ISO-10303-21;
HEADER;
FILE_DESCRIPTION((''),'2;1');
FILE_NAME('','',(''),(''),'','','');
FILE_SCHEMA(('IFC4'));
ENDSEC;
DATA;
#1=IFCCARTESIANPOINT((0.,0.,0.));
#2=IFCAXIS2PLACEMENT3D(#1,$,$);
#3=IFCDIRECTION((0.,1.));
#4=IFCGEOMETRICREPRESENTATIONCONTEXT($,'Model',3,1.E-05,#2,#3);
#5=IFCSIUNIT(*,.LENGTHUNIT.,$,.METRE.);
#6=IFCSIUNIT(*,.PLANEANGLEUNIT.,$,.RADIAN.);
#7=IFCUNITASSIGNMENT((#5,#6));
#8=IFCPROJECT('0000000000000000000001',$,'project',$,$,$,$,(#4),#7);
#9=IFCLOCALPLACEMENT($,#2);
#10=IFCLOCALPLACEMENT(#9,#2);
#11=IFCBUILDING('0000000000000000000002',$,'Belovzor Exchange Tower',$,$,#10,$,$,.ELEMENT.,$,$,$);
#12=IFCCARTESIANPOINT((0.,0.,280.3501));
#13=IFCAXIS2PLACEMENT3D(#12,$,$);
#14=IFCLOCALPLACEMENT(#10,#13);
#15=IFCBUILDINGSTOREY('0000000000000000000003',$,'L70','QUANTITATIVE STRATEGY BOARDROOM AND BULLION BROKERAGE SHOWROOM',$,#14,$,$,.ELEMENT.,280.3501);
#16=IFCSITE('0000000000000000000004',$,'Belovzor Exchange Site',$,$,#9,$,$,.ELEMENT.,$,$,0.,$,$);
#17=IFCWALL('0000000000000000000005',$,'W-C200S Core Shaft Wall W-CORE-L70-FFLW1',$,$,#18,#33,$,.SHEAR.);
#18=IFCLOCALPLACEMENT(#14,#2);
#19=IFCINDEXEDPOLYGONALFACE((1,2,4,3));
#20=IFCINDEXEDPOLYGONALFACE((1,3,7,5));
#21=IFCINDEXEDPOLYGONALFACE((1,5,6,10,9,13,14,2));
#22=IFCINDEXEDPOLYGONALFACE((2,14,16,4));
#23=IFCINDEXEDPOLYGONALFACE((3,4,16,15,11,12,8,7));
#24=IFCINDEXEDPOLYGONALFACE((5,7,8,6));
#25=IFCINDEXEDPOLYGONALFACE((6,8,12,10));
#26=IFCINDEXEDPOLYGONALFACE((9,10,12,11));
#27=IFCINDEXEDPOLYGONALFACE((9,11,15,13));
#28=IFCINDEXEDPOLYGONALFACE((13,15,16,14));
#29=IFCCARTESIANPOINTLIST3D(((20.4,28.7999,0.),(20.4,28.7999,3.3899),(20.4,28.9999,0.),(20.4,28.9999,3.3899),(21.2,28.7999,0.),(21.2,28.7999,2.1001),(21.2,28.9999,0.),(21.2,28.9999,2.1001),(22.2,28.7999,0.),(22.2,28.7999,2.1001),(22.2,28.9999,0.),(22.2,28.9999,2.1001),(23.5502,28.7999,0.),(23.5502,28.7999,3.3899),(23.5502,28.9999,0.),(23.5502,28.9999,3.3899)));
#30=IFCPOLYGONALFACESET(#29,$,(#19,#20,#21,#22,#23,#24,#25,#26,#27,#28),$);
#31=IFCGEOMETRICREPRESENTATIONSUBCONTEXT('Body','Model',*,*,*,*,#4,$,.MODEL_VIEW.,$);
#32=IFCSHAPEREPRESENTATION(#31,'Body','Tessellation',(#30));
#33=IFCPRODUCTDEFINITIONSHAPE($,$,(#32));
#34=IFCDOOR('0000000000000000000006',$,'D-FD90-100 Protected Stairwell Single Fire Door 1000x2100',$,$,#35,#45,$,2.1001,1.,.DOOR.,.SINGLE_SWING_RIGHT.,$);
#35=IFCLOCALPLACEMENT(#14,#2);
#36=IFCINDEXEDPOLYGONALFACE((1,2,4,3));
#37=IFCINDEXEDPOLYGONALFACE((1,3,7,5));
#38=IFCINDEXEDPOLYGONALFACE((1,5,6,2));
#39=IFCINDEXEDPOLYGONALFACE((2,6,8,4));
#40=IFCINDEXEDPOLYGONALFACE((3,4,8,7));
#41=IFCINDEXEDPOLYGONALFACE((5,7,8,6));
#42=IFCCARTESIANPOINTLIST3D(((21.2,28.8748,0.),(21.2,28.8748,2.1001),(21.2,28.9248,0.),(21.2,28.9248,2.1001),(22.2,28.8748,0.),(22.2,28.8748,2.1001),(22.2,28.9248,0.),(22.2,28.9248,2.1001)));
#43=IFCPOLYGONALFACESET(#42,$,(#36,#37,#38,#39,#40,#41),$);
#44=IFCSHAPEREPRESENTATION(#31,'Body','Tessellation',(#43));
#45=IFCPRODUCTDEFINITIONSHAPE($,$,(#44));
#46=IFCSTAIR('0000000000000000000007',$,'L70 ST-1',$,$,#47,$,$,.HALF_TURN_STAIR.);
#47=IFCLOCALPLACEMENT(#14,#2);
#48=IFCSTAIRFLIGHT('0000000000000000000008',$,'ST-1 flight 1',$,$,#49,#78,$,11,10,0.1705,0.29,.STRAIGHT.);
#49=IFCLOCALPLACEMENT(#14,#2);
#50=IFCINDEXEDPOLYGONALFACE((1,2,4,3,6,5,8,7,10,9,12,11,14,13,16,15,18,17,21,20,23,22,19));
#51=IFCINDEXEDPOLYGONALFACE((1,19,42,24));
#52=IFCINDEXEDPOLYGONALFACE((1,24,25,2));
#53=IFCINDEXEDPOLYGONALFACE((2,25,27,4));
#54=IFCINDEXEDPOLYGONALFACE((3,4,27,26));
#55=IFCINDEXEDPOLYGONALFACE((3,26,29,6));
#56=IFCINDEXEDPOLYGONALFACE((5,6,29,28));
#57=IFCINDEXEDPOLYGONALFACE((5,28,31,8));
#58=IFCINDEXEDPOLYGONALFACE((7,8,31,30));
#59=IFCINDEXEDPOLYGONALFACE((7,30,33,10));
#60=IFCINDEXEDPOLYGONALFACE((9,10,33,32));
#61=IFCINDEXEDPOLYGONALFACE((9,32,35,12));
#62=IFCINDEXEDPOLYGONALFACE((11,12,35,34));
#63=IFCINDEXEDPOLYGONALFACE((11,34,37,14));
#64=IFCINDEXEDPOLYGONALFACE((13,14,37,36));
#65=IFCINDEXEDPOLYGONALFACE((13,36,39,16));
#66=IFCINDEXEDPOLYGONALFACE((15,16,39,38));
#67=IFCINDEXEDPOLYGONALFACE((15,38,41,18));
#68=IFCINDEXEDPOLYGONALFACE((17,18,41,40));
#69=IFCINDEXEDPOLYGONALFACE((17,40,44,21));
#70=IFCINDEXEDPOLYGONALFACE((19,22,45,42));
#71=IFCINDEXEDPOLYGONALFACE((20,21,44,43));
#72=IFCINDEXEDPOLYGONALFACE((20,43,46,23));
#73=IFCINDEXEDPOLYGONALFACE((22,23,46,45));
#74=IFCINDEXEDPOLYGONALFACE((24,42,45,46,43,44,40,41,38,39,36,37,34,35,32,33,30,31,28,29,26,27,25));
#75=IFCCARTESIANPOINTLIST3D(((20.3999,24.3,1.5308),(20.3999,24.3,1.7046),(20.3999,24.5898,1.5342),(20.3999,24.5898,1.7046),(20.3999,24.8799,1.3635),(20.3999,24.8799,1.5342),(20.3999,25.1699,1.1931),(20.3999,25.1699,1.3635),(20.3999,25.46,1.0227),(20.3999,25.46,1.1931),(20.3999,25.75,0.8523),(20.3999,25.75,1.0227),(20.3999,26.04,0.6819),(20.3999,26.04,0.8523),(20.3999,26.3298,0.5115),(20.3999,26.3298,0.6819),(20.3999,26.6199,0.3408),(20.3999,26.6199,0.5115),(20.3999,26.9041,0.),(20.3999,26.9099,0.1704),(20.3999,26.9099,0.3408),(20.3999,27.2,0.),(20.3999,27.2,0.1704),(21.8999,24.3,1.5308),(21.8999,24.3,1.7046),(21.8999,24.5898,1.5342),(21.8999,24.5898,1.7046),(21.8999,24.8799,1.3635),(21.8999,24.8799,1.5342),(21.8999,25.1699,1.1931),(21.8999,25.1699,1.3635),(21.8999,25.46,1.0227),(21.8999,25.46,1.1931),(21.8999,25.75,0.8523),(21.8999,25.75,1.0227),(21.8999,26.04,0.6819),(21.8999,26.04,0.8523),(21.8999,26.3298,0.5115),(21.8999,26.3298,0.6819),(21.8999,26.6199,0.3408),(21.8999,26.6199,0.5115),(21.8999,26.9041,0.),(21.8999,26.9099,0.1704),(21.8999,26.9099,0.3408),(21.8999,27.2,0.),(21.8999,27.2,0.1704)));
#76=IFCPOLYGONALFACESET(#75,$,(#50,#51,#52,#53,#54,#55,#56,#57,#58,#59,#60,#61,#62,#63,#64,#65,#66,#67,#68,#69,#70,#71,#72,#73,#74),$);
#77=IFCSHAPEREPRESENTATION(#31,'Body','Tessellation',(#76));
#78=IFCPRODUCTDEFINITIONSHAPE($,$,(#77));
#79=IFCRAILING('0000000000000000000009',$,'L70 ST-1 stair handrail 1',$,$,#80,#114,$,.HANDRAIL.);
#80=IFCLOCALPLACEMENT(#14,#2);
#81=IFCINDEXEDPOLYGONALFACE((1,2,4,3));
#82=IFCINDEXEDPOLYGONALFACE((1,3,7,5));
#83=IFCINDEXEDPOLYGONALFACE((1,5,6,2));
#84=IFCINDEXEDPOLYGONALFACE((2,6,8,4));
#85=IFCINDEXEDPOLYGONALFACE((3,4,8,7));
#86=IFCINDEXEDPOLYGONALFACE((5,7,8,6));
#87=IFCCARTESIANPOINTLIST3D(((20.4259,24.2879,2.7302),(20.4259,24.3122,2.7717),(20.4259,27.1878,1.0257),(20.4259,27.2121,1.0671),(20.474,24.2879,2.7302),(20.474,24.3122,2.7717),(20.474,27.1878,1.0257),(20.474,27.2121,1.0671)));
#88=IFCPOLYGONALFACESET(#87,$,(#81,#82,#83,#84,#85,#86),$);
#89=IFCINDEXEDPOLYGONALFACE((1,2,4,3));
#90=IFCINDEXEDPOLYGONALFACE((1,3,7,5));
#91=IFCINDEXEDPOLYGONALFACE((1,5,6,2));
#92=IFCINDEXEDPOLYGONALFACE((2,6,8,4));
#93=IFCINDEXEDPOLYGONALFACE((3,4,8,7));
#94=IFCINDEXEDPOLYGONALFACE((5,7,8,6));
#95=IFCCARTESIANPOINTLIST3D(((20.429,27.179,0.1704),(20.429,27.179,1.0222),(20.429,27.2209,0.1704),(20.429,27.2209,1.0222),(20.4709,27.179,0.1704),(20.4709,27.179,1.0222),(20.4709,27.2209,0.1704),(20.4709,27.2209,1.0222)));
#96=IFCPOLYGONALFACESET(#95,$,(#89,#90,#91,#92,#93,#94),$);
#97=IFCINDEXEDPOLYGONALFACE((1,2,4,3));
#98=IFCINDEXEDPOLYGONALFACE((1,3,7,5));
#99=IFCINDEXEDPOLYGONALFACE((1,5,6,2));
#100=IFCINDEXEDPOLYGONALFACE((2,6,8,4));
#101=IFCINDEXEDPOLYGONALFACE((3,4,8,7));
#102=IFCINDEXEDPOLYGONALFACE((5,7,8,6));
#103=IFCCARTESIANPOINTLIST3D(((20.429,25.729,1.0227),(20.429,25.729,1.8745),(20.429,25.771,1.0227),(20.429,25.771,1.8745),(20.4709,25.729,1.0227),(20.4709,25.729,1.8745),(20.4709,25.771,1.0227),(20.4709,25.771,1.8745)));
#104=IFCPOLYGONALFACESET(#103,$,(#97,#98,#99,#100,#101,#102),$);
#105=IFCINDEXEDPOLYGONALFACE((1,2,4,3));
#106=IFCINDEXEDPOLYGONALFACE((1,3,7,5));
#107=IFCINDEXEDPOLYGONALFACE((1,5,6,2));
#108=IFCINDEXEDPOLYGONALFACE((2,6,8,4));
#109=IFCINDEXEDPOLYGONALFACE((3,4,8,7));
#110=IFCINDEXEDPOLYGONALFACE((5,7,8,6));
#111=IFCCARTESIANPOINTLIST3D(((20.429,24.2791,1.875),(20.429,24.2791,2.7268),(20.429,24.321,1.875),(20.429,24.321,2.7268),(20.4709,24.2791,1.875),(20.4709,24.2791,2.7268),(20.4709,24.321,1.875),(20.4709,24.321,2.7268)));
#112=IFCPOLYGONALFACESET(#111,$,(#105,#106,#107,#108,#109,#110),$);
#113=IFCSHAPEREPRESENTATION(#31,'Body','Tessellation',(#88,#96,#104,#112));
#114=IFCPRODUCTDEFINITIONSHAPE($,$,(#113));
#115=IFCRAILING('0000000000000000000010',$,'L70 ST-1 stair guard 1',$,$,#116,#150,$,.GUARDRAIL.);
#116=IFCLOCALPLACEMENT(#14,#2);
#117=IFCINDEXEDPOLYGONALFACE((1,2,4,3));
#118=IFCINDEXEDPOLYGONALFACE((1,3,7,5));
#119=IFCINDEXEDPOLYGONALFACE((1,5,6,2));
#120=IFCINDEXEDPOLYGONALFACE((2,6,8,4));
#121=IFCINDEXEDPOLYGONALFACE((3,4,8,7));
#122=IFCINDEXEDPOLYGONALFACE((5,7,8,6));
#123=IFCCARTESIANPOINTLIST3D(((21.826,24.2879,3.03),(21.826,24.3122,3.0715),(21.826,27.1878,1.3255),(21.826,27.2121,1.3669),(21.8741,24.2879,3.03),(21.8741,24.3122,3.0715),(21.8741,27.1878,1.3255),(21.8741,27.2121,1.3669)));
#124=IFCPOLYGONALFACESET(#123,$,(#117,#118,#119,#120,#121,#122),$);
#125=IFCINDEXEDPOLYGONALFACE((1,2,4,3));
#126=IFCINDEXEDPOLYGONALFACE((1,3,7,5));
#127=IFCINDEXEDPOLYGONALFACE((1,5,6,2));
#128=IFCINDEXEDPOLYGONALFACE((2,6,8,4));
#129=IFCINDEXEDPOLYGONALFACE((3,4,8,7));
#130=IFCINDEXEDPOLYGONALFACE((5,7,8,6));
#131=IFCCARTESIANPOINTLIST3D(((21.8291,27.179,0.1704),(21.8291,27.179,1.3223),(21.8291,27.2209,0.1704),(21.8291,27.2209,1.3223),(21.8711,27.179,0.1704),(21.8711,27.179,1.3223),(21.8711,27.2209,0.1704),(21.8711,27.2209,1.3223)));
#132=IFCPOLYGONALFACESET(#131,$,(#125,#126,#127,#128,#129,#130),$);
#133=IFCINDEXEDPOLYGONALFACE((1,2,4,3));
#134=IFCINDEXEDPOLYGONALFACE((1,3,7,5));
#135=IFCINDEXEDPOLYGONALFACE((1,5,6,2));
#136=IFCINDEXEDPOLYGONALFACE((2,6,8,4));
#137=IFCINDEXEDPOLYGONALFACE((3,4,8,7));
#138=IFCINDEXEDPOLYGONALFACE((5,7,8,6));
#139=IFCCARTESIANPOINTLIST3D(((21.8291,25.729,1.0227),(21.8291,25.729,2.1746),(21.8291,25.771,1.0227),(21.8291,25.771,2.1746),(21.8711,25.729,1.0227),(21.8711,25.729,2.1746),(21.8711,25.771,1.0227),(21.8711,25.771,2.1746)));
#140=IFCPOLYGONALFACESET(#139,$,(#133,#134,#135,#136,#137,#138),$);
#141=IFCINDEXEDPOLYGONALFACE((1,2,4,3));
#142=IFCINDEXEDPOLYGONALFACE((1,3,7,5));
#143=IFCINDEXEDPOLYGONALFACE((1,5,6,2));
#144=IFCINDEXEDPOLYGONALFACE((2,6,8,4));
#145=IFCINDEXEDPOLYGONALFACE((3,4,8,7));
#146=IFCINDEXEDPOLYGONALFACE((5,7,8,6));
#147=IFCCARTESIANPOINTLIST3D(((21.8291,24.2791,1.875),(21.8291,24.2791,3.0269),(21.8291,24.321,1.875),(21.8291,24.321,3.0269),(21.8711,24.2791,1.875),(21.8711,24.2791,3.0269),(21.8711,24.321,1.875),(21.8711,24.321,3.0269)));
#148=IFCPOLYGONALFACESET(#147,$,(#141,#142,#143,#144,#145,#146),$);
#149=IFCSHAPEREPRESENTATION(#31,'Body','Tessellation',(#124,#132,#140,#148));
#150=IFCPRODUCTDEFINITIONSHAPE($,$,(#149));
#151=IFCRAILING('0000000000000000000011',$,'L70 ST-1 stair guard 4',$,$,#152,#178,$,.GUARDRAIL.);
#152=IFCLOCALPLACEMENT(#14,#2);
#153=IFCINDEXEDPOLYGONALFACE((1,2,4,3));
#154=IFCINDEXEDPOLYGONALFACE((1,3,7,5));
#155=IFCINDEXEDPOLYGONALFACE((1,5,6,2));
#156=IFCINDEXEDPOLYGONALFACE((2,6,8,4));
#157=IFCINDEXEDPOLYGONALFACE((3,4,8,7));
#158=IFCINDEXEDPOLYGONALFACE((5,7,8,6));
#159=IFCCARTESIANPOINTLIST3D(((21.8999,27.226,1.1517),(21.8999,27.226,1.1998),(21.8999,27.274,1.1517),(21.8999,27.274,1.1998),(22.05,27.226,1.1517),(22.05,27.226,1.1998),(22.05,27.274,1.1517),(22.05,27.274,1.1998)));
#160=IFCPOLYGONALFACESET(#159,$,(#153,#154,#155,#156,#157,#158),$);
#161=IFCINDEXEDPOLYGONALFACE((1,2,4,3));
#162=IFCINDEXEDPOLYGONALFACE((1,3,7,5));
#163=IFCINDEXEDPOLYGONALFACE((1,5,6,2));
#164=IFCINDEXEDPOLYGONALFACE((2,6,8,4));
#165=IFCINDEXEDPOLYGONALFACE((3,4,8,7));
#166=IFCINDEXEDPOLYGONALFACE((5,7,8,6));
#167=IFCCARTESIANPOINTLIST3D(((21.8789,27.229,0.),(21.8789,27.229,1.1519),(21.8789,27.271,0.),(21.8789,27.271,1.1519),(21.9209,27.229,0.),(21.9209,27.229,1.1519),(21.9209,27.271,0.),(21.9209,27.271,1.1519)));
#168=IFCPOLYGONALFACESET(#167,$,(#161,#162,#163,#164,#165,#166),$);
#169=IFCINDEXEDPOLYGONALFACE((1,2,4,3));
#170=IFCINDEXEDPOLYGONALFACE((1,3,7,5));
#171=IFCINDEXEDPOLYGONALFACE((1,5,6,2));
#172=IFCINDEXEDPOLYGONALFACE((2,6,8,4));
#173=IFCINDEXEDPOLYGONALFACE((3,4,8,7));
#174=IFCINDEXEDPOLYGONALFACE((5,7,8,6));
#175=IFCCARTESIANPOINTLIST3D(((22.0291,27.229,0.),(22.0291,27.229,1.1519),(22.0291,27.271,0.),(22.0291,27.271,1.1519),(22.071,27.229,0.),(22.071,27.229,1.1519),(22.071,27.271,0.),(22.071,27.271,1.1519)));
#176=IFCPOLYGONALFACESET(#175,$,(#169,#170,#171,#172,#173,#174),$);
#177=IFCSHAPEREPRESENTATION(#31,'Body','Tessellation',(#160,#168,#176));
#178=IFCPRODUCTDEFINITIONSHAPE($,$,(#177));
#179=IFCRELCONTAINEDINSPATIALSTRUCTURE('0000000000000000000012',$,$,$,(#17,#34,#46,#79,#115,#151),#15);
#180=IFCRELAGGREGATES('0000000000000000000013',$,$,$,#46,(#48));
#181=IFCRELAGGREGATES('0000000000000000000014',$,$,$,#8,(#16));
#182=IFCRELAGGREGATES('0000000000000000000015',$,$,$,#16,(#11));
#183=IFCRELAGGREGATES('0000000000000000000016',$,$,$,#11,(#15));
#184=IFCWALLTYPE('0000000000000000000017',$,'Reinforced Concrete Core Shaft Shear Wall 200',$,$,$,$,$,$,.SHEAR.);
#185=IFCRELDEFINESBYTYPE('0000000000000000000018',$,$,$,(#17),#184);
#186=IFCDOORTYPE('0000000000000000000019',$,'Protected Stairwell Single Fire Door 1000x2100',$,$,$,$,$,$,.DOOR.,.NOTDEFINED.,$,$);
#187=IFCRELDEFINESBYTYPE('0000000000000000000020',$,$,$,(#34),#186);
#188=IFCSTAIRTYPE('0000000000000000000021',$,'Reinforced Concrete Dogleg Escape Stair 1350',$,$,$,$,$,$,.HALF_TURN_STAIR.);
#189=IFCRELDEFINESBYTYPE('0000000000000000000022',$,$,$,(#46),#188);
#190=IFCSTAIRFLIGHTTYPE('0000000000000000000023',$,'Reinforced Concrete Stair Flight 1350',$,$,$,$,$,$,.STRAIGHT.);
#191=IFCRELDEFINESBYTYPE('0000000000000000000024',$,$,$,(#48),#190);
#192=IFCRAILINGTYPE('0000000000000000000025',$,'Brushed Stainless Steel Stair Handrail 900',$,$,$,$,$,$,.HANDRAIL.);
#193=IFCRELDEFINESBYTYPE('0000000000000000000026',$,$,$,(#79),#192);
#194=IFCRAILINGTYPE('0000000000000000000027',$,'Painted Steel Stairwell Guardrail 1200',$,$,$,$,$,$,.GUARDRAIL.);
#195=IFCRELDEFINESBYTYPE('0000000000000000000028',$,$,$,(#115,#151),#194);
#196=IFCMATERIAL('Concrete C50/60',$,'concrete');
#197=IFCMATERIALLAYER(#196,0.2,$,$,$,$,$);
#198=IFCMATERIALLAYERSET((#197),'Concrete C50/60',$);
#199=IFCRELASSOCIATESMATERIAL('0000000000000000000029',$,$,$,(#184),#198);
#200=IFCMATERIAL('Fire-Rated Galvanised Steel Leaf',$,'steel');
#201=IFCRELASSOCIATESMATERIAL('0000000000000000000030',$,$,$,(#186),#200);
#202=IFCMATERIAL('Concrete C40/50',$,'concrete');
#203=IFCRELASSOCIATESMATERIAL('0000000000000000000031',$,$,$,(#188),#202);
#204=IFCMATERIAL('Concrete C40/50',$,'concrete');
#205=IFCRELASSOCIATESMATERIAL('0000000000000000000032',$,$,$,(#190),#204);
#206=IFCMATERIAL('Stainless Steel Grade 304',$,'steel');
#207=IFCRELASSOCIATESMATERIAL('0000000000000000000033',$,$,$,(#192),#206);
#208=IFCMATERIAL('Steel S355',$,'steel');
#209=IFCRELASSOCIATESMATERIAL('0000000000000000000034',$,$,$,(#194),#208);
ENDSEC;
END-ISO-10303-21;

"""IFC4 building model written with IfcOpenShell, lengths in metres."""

from ifc_helpers import new_model, si_unit, direction, frame, frame_2d, origin, origin_2d, place, context, subcontext, project, spatial, polyline, rectangle, outline, extrude, material, layer, layer_set, type_object, element, fill, aggregate, save


model = new_model("IFC4")

# Units and contexts
model_context = context("Model", 3, precision=1e-05, world=origin(), true_north=direction((0.0, 1.0)))
body_context = subcontext(model_context, "Body", "Model", "MODEL_VIEW")
ifc_project = project(units=[si_unit("LENGTHUNIT", "METRE"), si_unit("PLANEANGLEUNIT", "RADIAN")], contexts=[model_context])

# Site, building, storey
site_placement = place(None, origin())
site = spatial("IfcSite", under=ifc_project, at=site_placement, Name="Belovzor Exchange Site", CompositionType="ELEMENT", RefElevation=0.0)
building_placement = place(site_placement, origin())
building = spatial("IfcBuilding", under=site, at=building_placement, Name="Belovzor Exchange Tower", CompositionType="ELEMENT")
storey_placement = place(building_placement, frame((0.0, 0.0, 280.3501)))
storey = spatial("IfcBuildingStorey", under=building, at=storey_placement, Name="L70", Description="QUANTITATIVE STRATEGY BOARDROOM AND BULLION BROKERAGE SHOWROOM", CompositionType="ELEMENT", Elevation=280.3501)

# Wall, opening, door
ifc_material_1 = material(Name="Concrete C50/60", Category="concrete")
ifc_layer_1 = layer(ifc_material_1, 0.2)
ifc_layer_set_1 = layer_set([ifc_layer_1], Name="Concrete C50/60")
wall_type_1 = type_object("IfcWallType", Name="Reinforced Concrete Core Shaft Shear Wall 200", PredefinedType="SHEAR", material=ifc_layer_set_1)
wall_1_placement = place(storey_placement, frame((20.3999, 28.8999, 0.0), z_axis=(0.0, 0.0, 1.0), x_axis=(1.0, 0.0, 0.0)))
wall_1 = element("IfcWall", 1, at=wall_1_placement, inside=storey, type_object=wall_type_1, Name="W-C200S Core Shaft Wall W-CORE-L70-FFLW1", PredefinedType="SHEAR", context=body_context, shape_type="SweptSolid", body=[
    extrude(rectangle(XDim=3.1501, YDim=0.2, at=frame_2d((1.5752, 0.0))), origin(), (0.0, 0.0, 1.0), 3.3899),
])
opening_1_placement = place(wall_1_placement, frame((0.8, 0.0, 0.0)))
opening_1 = element("IfcOpeningElement", 2, at=opening_1_placement, cuts=wall_1, PredefinedType="OPENING", context=body_context, shape_type="SweptSolid", body=[
    extrude(rectangle(XDim=1.0, YDim=2.1001, at=frame_2d((0.5, 1.05))), frame((0.0, 0.1099, 0.0), z_axis=(0.0, -1.0, 0.0), x_axis=(1.0, 0.0, 0.0)), (0.0, 0.0, 1.0), 0.22),
])
ifc_material_2 = material(Name="Fire-Rated Galvanised Steel Leaf", Category="steel")
door_type_1 = type_object("IfcDoorType", Name="Protected Stairwell Single Fire Door 1000x2100", OperationType="NOTDEFINED", PredefinedType="DOOR", material=ifc_material_2)
door_1_placement = place(opening_1_placement, origin())
door_1 = element("IfcDoor", 3, at=door_1_placement, inside=storey, type_object=door_type_1, Name="D-FD90-100 Protected Stairwell Single Fire Door 1000x2100", OperationType="SINGLE_SWING_RIGHT", OverallHeight=2.1001, OverallWidth=1.0, PredefinedType="DOOR", context=body_context, shape_type="SweptSolid", body=[
    extrude(rectangle(XDim=1.0, YDim=2.1001, at=frame_2d((0.5, 1.05))), frame((0.0, 0.0249, 0.0), z_axis=(0.0, -1.0, 0.0), x_axis=(1.0, 0.0, 0.0)), (0.0, 0.0, 1.0), 0.05),
])
fill(opening_1, door_1)

# Stair, stair flight
ifc_material_3 = material(Name="Concrete C40/50", Category="concrete")
stair_type = type_object("IfcStairType", Name="Reinforced Concrete Dogleg Escape Stair 1350", PredefinedType="HALF_TURN_STAIR", material=ifc_material_3)
stair_placement = place(storey_placement, origin())
stair = element("IfcStair", 4, at=stair_placement, inside=storey, type_object=stair_type, Name="L70 ST-1", PredefinedType="HALF_TURN_STAIR")
ifc_material_4 = material(Name="Concrete C40/50", Category="concrete")
stair_flight_type = type_object("IfcStairFlightType", Name="Reinforced Concrete Stair Flight 1350", PredefinedType="STRAIGHT", material=ifc_material_4)
stair_flight_placement = place(storey_placement, frame((21.1499, 27.2, 0.0), z_axis=(0.0, 0.0, 1.0), x_axis=(0.0, -1.0, 0.0)))
stair_flight = element("IfcStairFlight", 5, at=stair_flight_placement, type_object=stair_flight_type, Name="ST-1 flight 1", NumberOfRisers=11, NumberOfTreads=10, PredefinedType="STRAIGHT", RiserHeight=0.1705, TreadLength=0.29, context=body_context, shape_type="SweptSolid", body=[
    extrude(outline(polyline([(0.0, 0.0), (0.0, 0.1704), (0.29, 0.1704), (0.29, 0.3408), (0.5801, 0.3408), (0.5801, 0.5115), (0.8701, 0.5115), (0.8701, 0.6819), (1.1599, 0.6819), (1.1599, 0.8523), (1.45, 0.8523), (1.45, 1.0227), (1.74, 1.0227), (1.74, 1.1931), (2.03, 1.1931), (2.03, 1.3635), (2.3201, 1.3635), (2.3201, 1.5342), (2.6101, 1.5342), (2.6101, 1.7046), (2.8999, 1.7046), (2.8999, 1.875), (2.8999, 1.5308), (0.2959, 0.0), (0.0, 0.0)])), frame((0.0, 0.75, 0.0), z_axis=(0.0, -1.0, 0.0), x_axis=(1.0, 0.0, 0.0)), (0.0, 0.0, 1.0), 1.5),
])
aggregate(stair, [stair_flight])

# Railings
ifc_material_5 = material(Name="Stainless Steel Grade 304", Category="steel")
railing_type_1 = type_object("IfcRailingType", Name="Brushed Stainless Steel Stair Handrail 900", PredefinedType="HANDRAIL", material=ifc_material_5)
railing_1_placement = place(storey_placement, frame((20.45, 27.2, 0.1704)))
element("IfcRailing", 6, at=railing_1_placement, inside=storey, type_object=railing_type_1, Name="L70 ST-1 stair handrail 1", PredefinedType="HANDRAIL", context=body_context, shape_type="SweptSolid", body=[
    extrude(rectangle(XDim=0.0481, YDim=0.0481, at=origin_2d()), frame((0.0, 0.0, 0.876), z_axis=(0.0, -0.862095, 0.506747), x_axis=(1.0, 0.0, 0.0)), (0.0, 0.0, 1.0), 3.3638),
    extrude(rectangle(XDim=0.042, YDim=0.042, at=origin_2d()), origin(), (0.0, 0.0, 1.0), 0.8518),
    extrude(rectangle(XDim=0.042, YDim=0.042, at=origin_2d()), frame((0.0, -1.45, 0.8523)), (0.0, 0.0, 1.0), 0.8518),
    extrude(rectangle(XDim=0.042, YDim=0.042, at=origin_2d()), frame((0.0, -2.8999, 1.7046)), (0.0, 0.0, 1.0), 0.8518),
])
ifc_material_6 = material(Name="Steel S355", Category="steel")
railing_type_2 = type_object("IfcRailingType", Name="Painted Steel Stairwell Guardrail 1200", PredefinedType="GUARDRAIL", material=ifc_material_6)
railing_2_placement = place(storey_placement, frame((21.8501, 27.2, 0.1704)))
element("IfcRailing", 7, at=railing_2_placement, inside=storey, type_object=railing_type_2, Name="L70 ST-1 stair guard 1", PredefinedType="GUARDRAIL", context=body_context, shape_type="SweptSolid", body=[
    extrude(rectangle(XDim=0.0481, YDim=0.0481, at=origin_2d()), frame((0.0, 0.0, 1.1758), z_axis=(0.0, -0.862095, 0.506747), x_axis=(1.0, 0.0, 0.0)), (0.0, 0.0, 1.0), 3.3638),
    extrude(rectangle(XDim=0.042, YDim=0.042, at=origin_2d()), origin(), (0.0, 0.0, 1.0), 1.1519),
    extrude(rectangle(XDim=0.042, YDim=0.042, at=origin_2d()), frame((0.0, -1.45, 0.8523)), (0.0, 0.0, 1.0), 1.1519),
    extrude(rectangle(XDim=0.042, YDim=0.042, at=origin_2d()), frame((0.0, -2.8999, 1.7046)), (0.0, 0.0, 1.0), 1.1519),
])
railing_3_placement = place(storey_placement, frame((21.8999, 27.25, 0.0)))
element("IfcRailing", 8, at=railing_3_placement, inside=storey, type_object=railing_type_2, Name="L70 ST-1 stair guard 4", PredefinedType="GUARDRAIL", context=body_context, shape_type="SweptSolid", body=[
    extrude(rectangle(XDim=0.0481, YDim=0.0481, at=origin_2d()), frame((0.0, 0.0, 1.1758), z_axis=(1.0, 0.0, 0.0), x_axis=(0.0, 1.0, 0.0)), (0.0, 0.0, 1.0), 0.1501),
    extrude(rectangle(XDim=0.042, YDim=0.042, at=origin_2d()), origin(), (0.0, 0.0, 1.0), 1.1519),
    extrude(rectangle(XDim=0.042, YDim=0.042, at=origin_2d()), frame((0.1501, 0.0, 0.0)), (0.0, 0.0, 1.0), 1.1519),
])

save(model, "model.ifc")
